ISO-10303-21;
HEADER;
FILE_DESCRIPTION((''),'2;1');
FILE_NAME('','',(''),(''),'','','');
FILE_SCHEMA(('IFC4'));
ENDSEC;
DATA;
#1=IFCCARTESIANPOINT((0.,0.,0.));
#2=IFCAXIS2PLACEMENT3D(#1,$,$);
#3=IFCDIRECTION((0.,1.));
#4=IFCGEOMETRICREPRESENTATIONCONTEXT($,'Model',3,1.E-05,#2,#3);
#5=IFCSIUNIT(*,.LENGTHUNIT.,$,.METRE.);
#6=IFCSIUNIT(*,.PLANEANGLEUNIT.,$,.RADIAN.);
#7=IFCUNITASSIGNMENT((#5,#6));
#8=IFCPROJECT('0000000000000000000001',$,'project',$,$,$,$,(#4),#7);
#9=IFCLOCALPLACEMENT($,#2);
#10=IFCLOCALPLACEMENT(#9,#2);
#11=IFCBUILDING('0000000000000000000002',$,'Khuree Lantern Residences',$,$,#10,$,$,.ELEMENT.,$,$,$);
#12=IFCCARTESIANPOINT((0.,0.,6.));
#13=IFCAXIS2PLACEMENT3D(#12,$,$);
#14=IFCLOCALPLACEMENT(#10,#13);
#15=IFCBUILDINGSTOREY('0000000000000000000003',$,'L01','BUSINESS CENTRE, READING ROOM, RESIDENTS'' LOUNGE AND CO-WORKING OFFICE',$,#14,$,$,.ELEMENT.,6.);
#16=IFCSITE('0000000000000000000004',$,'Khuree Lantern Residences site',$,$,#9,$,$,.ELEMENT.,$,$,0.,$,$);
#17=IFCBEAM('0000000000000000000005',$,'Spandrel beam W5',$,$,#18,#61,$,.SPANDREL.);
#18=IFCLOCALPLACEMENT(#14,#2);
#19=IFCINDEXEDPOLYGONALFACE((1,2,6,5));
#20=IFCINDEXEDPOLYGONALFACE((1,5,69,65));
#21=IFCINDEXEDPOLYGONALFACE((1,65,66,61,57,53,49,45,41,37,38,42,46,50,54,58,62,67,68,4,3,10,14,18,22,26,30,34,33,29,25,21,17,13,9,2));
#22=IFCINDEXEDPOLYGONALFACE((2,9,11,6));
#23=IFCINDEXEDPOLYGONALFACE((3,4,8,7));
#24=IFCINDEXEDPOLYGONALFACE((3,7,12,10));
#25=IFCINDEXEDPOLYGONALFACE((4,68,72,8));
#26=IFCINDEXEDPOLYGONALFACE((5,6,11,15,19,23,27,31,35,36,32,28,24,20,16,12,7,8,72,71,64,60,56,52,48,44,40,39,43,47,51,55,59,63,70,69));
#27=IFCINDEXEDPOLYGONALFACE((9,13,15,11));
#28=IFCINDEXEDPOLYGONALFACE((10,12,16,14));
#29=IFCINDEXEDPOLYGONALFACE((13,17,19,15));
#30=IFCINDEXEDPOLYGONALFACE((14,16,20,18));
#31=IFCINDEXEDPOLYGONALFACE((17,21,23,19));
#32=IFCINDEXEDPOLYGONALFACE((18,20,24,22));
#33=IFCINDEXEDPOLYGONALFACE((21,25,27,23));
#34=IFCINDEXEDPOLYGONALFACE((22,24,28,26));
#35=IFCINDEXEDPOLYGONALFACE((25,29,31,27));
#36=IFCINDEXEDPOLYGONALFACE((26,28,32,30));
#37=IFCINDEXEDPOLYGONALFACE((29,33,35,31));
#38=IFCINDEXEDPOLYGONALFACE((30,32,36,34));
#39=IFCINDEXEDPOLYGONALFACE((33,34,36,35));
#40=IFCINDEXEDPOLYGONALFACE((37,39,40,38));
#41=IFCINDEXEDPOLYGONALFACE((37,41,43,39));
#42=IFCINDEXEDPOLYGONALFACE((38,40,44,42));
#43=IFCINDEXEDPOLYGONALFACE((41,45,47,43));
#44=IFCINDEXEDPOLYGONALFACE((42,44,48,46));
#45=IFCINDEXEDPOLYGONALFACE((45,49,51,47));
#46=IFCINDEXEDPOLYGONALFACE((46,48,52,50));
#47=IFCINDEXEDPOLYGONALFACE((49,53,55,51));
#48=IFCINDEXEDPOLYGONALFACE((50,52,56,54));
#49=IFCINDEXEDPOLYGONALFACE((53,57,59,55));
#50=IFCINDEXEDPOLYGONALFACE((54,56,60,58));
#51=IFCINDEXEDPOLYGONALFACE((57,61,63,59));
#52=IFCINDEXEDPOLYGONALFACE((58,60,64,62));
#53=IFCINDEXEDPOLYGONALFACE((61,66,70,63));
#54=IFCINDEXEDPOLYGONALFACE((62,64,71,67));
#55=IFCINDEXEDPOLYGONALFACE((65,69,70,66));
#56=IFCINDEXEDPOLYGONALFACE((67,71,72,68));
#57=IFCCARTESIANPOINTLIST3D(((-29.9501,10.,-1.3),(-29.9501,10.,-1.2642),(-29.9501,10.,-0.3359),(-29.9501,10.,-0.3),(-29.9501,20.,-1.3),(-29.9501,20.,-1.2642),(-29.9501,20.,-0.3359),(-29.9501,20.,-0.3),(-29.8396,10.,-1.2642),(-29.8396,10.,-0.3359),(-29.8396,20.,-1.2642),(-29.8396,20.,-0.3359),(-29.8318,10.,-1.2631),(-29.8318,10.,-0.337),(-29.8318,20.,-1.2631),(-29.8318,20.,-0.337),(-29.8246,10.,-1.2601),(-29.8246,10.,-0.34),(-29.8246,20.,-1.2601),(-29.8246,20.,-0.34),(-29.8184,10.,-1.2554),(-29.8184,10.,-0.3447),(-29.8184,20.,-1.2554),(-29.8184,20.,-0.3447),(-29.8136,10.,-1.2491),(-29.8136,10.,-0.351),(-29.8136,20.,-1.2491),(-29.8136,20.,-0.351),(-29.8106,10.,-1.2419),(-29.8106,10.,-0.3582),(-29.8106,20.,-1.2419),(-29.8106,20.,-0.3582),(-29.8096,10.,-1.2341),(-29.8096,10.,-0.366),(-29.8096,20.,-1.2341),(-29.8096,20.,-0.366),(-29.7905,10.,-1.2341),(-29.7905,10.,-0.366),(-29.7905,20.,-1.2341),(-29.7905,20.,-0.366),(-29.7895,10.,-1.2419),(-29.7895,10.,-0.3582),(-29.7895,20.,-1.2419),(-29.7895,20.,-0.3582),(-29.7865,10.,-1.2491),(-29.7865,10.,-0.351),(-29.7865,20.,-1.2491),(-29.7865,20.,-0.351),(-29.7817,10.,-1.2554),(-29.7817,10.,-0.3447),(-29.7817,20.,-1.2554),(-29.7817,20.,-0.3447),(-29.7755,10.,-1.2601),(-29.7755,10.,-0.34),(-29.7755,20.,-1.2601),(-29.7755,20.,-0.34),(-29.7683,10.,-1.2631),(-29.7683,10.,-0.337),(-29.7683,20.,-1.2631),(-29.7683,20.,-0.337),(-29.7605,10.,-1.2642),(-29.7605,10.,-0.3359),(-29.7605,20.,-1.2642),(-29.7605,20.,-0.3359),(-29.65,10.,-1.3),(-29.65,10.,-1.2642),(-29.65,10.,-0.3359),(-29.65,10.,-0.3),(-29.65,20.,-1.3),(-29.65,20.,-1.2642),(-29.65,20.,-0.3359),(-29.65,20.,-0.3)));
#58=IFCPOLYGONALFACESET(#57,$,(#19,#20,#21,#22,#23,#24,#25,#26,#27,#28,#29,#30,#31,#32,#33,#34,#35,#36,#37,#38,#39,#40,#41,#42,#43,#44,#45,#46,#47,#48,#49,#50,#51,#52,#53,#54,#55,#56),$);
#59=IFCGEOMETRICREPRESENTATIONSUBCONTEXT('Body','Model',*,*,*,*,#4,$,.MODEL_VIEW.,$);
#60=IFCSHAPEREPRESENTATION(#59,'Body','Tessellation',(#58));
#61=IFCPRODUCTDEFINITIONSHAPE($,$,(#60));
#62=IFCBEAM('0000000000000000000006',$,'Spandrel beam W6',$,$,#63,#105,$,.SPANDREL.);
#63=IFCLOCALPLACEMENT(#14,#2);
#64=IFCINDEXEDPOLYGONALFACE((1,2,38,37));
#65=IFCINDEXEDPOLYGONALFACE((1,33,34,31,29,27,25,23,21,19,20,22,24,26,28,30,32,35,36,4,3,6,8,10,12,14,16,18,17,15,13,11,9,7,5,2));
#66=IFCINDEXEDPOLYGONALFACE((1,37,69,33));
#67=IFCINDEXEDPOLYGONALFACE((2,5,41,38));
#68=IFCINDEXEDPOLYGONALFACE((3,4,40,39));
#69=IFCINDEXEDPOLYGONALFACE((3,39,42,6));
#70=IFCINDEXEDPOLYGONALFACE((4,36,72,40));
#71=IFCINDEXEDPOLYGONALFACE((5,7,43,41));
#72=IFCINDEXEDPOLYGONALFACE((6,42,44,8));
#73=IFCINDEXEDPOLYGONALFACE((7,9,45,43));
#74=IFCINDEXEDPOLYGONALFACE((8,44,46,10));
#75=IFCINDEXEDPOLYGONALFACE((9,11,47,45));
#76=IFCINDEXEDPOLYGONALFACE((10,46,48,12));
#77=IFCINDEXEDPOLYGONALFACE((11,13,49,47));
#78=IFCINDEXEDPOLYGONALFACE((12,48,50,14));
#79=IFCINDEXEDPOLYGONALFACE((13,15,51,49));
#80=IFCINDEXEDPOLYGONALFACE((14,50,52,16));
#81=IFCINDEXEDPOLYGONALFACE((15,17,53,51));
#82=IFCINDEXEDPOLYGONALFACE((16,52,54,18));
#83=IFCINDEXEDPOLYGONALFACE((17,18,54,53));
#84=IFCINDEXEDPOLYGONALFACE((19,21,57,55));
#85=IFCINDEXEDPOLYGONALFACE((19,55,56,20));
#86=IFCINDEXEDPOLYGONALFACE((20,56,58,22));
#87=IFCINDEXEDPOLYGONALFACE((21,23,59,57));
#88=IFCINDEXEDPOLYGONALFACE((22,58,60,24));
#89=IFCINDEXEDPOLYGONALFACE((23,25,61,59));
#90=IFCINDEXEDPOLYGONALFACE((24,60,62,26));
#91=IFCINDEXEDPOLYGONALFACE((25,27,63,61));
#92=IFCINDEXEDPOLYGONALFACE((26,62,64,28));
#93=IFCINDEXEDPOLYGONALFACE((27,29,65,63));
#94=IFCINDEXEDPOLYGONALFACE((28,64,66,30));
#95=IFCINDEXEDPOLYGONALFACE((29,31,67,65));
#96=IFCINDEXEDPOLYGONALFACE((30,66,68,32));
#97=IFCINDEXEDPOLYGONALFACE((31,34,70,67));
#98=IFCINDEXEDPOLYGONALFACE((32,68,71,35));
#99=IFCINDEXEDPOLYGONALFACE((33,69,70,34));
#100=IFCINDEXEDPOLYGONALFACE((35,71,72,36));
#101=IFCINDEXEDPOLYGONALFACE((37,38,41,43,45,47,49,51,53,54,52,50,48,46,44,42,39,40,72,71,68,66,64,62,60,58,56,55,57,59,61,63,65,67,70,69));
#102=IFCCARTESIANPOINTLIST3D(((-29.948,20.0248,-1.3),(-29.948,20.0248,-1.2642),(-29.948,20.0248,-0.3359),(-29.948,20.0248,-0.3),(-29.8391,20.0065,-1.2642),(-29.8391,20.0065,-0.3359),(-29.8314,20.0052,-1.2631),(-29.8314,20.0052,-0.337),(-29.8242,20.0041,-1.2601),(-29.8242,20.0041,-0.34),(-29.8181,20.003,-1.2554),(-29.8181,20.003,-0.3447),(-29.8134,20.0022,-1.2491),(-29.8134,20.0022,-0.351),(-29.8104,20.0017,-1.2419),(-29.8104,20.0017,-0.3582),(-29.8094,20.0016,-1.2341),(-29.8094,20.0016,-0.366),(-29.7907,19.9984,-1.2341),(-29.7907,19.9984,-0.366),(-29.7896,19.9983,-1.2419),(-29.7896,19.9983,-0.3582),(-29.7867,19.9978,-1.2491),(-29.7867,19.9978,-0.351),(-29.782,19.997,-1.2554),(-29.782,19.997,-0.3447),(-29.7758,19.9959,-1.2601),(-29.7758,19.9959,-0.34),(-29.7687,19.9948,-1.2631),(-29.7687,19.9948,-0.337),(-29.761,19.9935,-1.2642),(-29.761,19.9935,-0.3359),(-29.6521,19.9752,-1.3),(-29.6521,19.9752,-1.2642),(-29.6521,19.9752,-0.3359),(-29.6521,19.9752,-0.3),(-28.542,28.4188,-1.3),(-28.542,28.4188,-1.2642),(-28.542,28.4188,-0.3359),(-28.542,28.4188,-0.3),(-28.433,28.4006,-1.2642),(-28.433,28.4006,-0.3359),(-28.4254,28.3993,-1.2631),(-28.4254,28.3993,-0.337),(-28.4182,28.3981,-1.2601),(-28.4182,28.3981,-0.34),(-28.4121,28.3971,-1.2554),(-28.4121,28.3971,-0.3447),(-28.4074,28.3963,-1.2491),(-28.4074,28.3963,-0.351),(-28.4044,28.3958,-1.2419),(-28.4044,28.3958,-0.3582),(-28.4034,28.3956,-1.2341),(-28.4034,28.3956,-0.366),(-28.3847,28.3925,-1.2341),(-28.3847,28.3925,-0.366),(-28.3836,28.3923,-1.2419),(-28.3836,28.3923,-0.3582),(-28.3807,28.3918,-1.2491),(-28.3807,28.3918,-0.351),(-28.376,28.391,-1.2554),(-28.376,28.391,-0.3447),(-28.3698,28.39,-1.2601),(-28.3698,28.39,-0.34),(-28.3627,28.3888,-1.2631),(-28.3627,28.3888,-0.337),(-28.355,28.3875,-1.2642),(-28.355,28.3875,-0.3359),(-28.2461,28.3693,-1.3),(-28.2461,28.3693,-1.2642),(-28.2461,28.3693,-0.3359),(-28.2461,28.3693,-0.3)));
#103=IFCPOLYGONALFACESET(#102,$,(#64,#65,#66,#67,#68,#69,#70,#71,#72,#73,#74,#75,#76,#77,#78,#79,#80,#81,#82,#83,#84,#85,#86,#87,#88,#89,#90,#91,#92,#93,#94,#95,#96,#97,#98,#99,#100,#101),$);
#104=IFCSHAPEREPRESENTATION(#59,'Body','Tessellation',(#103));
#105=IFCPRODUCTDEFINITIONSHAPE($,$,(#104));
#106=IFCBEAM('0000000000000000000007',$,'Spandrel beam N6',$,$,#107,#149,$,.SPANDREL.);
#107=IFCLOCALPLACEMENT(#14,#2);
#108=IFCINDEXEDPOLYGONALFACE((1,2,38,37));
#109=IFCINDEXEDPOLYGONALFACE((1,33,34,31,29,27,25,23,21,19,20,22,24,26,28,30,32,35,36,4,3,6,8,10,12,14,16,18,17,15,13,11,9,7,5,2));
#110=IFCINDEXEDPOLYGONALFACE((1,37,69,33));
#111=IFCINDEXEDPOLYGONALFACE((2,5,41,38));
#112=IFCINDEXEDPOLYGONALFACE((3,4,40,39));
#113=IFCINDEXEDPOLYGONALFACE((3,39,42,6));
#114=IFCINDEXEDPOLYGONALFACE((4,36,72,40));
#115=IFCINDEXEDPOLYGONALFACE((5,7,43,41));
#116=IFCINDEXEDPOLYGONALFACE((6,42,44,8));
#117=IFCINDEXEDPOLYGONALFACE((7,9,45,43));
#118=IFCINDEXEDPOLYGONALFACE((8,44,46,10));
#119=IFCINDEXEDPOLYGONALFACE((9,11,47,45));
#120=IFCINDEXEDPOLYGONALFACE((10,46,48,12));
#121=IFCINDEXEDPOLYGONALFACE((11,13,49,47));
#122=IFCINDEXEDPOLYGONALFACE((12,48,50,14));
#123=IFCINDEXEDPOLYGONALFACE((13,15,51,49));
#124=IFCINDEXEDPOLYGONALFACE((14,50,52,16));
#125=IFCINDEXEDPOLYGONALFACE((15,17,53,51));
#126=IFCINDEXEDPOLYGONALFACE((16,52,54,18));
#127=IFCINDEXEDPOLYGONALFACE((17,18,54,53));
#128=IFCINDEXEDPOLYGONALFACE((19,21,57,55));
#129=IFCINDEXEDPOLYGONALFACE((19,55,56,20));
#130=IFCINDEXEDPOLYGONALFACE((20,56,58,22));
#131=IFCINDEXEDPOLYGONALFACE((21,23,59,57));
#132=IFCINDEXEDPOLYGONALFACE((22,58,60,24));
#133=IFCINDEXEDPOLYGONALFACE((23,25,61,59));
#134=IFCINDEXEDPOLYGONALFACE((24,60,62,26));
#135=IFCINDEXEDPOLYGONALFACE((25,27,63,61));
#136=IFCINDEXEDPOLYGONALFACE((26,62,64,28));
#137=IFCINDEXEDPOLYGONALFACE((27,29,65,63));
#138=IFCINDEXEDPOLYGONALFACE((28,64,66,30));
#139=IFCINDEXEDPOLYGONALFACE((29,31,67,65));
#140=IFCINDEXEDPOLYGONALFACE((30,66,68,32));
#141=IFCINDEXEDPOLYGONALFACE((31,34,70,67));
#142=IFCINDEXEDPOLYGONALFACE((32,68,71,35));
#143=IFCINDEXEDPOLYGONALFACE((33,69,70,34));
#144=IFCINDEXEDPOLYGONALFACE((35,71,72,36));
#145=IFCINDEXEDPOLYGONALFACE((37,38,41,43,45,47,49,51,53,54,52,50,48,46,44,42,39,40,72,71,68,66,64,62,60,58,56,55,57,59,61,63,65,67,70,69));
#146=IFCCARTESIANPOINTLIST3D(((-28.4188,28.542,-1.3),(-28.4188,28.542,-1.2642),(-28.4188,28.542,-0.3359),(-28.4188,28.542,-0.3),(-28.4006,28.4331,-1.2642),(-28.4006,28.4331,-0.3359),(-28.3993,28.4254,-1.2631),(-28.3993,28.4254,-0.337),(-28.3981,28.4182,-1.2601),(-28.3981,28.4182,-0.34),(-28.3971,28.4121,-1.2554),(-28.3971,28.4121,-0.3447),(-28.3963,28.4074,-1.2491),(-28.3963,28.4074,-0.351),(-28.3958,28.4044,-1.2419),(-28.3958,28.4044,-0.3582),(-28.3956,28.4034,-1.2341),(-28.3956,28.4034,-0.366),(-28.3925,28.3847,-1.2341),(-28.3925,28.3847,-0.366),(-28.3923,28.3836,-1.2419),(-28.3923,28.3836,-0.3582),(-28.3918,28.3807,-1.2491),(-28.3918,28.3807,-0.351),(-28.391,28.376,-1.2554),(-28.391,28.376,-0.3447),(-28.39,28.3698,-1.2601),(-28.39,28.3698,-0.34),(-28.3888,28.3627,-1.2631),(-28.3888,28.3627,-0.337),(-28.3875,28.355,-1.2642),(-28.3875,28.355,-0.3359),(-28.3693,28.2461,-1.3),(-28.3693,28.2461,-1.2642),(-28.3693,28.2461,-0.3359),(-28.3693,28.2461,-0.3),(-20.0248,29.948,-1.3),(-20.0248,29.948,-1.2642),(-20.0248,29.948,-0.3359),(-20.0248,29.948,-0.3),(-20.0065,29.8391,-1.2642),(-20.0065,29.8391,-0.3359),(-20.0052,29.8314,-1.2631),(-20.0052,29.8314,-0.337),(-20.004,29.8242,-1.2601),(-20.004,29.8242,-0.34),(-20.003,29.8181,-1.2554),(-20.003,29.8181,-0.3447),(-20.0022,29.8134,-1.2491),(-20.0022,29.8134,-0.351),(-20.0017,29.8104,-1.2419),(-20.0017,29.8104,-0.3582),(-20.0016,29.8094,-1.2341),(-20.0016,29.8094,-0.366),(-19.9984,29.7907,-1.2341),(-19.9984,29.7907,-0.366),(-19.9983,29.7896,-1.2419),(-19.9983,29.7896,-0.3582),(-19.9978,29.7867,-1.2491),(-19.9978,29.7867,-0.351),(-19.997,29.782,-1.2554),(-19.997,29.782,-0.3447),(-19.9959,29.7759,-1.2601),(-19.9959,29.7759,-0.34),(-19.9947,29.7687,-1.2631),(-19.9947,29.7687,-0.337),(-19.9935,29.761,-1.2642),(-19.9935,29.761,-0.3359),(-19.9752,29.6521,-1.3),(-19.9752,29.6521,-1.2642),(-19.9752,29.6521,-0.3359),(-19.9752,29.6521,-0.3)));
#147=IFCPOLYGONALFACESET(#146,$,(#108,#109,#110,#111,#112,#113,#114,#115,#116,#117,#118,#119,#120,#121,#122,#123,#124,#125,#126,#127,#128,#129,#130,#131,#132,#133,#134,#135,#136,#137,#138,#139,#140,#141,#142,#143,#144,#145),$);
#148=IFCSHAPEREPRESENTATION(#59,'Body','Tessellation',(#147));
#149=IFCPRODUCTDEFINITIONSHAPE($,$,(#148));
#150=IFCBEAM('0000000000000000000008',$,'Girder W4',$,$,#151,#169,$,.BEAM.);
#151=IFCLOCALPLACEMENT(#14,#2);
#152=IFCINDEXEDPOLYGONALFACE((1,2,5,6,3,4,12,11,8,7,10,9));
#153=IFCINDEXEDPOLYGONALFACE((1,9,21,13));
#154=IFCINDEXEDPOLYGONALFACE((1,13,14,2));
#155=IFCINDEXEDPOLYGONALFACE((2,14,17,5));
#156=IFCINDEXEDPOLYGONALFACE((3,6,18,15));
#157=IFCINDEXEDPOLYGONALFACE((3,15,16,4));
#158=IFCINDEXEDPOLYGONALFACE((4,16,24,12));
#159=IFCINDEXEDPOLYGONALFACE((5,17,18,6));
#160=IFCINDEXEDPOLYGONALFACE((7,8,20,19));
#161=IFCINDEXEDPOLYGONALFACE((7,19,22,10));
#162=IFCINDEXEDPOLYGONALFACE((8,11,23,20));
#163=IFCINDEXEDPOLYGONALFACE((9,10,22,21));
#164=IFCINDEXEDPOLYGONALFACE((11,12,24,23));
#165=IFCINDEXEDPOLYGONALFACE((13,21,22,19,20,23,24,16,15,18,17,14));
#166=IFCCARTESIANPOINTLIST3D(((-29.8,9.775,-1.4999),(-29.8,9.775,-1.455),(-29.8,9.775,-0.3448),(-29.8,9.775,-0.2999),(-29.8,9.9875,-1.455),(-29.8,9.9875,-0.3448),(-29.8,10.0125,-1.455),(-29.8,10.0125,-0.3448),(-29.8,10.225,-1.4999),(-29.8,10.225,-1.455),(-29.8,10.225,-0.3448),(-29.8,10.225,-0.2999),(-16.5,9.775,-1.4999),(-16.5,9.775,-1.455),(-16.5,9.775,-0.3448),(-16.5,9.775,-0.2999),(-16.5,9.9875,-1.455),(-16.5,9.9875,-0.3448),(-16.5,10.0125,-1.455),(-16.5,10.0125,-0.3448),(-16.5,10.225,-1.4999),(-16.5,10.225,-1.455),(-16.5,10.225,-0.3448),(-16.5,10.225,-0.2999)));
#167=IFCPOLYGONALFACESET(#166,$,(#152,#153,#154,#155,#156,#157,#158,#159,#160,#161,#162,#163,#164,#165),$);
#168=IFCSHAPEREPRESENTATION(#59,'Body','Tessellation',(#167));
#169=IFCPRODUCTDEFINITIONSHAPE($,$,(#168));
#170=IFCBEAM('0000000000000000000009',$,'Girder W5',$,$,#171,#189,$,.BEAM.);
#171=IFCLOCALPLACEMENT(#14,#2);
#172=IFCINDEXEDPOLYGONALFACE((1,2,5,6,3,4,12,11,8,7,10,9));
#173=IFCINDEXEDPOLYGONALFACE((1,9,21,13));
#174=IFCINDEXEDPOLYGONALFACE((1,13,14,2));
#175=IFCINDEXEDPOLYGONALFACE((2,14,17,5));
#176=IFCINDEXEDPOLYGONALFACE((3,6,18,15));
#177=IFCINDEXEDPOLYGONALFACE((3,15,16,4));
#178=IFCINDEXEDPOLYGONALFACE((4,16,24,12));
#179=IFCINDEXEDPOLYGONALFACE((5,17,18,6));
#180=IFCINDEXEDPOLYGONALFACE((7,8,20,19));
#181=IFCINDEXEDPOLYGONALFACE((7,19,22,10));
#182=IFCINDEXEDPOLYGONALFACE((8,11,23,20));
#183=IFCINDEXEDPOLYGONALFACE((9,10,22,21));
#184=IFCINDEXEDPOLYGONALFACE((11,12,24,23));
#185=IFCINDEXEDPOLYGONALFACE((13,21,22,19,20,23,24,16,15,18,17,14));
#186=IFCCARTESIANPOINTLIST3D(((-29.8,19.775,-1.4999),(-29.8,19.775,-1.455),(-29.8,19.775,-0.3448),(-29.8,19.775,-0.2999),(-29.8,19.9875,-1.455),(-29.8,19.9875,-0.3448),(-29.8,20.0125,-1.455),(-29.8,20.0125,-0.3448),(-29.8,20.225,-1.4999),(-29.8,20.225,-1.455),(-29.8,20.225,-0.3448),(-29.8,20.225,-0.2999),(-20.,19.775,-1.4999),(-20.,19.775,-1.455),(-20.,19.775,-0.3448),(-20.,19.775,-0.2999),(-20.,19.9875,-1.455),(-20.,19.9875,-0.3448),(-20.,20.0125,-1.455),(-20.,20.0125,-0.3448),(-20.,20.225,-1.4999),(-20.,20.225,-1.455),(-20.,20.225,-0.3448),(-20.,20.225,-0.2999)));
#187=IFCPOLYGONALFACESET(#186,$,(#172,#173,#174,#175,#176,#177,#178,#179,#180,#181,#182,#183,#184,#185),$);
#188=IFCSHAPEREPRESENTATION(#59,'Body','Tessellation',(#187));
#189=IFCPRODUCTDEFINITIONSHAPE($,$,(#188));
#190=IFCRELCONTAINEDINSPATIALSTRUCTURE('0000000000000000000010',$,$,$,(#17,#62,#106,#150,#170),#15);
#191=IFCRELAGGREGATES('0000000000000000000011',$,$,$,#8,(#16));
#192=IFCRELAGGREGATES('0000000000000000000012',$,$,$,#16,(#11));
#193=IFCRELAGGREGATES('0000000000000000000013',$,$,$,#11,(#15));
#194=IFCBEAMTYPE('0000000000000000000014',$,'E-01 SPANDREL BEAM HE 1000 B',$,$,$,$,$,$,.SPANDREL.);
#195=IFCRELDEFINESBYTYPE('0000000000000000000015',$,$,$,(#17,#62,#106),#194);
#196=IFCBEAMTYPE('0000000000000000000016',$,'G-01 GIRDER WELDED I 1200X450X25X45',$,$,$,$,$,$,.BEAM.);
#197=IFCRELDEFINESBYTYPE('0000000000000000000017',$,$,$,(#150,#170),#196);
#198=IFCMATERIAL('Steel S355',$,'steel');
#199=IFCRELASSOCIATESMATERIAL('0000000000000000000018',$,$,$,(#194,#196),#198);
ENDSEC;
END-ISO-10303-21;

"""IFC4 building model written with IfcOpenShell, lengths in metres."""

from ifc_helpers import new_model, si_unit, direction, frame, origin, origin_2d, place, context, subcontext, project, spatial, i_section, extrude, material, material_profile, profile_set, type_object, element, save


model = new_model("IFC4")

# Units and contexts
model_context = context("Model", 3, precision=1e-05, world=origin(), true_north=direction((0.0, 1.0)))
body_context = subcontext(model_context, "Body", "Model", "MODEL_VIEW")
ifc_project = project(units=[si_unit("LENGTHUNIT", "METRE"), si_unit("PLANEANGLEUNIT", "RADIAN")], contexts=[model_context])

# Site, building, storey
site_placement = place(None, origin())
site = spatial("IfcSite", under=ifc_project, at=site_placement, Name="Khuree Lantern Residences site", CompositionType="ELEMENT", RefElevation=0.0)
building_placement = place(site_placement, origin())
building = spatial("IfcBuilding", under=site, at=building_placement, Name="Khuree Lantern Residences", CompositionType="ELEMENT")
storey_placement = place(building_placement, frame((0.0, 0.0, 6.0)))
storey = spatial("IfcBuildingStorey", under=building, at=storey_placement, Name="L01", Description="BUSINESS CENTRE, READING ROOM, RESIDENTS' LOUNGE AND CO-WORKING OFFICE", CompositionType="ELEMENT", Elevation=6.0)

# Beams
ifc_material_1 = material(Name="Steel S355", Category="steel")
ifc_material_profile_1 = material_profile(ifc_material_1, i_section(OverallWidth=0.3, OverallDepth=1.0, WebThickness=0.019, FlangeThickness=0.0359, FilletRadius=0.03, at=origin_2d()), Name="HE 1000 B")
ifc_profile_set_1 = profile_set([ifc_material_profile_1], Name="Steel S355")
beam_type_1 = type_object("IfcBeamType", Name="E-01 SPANDREL BEAM HE 1000 B", PredefinedType="SPANDREL", material=ifc_profile_set_1)
beam_1_placement = place(storey_placement, frame((-29.8, 10.0, -0.8), z_axis=(0.0, 1.0, 0.0), x_axis=(-1.0, 0.0, 0.0)))
element("IfcBeam", 1, at=beam_1_placement, inside=storey, type_object=beam_type_1, Name="Spandrel beam W5", PredefinedType="SPANDREL", context=body_context, shape_type="SweptSolid", body=[
    extrude(i_section(OverallWidth=0.3, OverallDepth=1.0, WebThickness=0.019, FlangeThickness=0.0359, FilletRadius=0.03, at=origin_2d()), origin(), (0.0, 0.0, 1.0), 10.0),
])
for number, where, z_axis, x_axis, name in (
    (2, (-29.8, 20.0, -0.8), (0.165199, 0.98626, 0.0), (-0.98626, 0.165199, 0.0), "Spandrel beam W6"),
    (3, (-28.394, 28.394, -0.8), (0.98626, 0.165199, 0.0), (-0.165199, 0.98626, 0.0), "Spandrel beam N6"),
):
    element("IfcBeam", number, at=place(storey_placement, frame(where, z_axis=z_axis, x_axis=x_axis)), inside=storey, type_object=beam_type_1, Name=name, PredefinedType="SPANDREL", context=body_context, shape_type="SweptSolid", body=[
        extrude(i_section(OverallWidth=0.3, OverallDepth=1.0, WebThickness=0.019, FlangeThickness=0.0359, FilletRadius=0.03, at=origin_2d()), origin(), (0.0, 0.0, 1.0), 8.511),
    ])
ifc_material_profile_2 = material_profile(ifc_material_1, i_section(OverallWidth=0.45, OverallDepth=1.2, WebThickness=0.0249, FlangeThickness=0.0449, at=origin_2d()), Name="WELDED I 1200X450X25X45")
ifc_profile_set_2 = profile_set([ifc_material_profile_2], Name="Steel S355")
beam_type_2 = type_object("IfcBeamType", Name="G-01 GIRDER WELDED I 1200X450X25X45", PredefinedType="BEAM", material=ifc_profile_set_2)
beam_2_placement = place(storey_placement, frame((-29.8, 10.0, -0.8999), z_axis=(1.0, 0.0, 0.0), x_axis=(0.0, 1.0, 0.0)))
element("IfcBeam", 4, at=beam_2_placement, inside=storey, type_object=beam_type_2, Name="Girder W4", PredefinedType="BEAM", context=body_context, shape_type="SweptSolid", body=[
    extrude(i_section(OverallWidth=0.45, OverallDepth=1.2, WebThickness=0.0249, FlangeThickness=0.0449, at=origin_2d()), origin(), (0.0, 0.0, 1.0), 13.3),
])
beam_3_placement = place(storey_placement, frame((-29.8, 20.0, -0.8999), z_axis=(1.0, 0.0, 0.0), x_axis=(0.0, 1.0, 0.0)))
element("IfcBeam", 5, at=beam_3_placement, inside=storey, type_object=beam_type_2, Name="Girder W5", PredefinedType="BEAM", context=body_context, shape_type="SweptSolid", body=[
    extrude(i_section(OverallWidth=0.45, OverallDepth=1.2, WebThickness=0.0249, FlangeThickness=0.0449, at=origin_2d()), origin(), (0.0, 0.0, 1.0), 9.8),
])

save(model, "model.ifc")
